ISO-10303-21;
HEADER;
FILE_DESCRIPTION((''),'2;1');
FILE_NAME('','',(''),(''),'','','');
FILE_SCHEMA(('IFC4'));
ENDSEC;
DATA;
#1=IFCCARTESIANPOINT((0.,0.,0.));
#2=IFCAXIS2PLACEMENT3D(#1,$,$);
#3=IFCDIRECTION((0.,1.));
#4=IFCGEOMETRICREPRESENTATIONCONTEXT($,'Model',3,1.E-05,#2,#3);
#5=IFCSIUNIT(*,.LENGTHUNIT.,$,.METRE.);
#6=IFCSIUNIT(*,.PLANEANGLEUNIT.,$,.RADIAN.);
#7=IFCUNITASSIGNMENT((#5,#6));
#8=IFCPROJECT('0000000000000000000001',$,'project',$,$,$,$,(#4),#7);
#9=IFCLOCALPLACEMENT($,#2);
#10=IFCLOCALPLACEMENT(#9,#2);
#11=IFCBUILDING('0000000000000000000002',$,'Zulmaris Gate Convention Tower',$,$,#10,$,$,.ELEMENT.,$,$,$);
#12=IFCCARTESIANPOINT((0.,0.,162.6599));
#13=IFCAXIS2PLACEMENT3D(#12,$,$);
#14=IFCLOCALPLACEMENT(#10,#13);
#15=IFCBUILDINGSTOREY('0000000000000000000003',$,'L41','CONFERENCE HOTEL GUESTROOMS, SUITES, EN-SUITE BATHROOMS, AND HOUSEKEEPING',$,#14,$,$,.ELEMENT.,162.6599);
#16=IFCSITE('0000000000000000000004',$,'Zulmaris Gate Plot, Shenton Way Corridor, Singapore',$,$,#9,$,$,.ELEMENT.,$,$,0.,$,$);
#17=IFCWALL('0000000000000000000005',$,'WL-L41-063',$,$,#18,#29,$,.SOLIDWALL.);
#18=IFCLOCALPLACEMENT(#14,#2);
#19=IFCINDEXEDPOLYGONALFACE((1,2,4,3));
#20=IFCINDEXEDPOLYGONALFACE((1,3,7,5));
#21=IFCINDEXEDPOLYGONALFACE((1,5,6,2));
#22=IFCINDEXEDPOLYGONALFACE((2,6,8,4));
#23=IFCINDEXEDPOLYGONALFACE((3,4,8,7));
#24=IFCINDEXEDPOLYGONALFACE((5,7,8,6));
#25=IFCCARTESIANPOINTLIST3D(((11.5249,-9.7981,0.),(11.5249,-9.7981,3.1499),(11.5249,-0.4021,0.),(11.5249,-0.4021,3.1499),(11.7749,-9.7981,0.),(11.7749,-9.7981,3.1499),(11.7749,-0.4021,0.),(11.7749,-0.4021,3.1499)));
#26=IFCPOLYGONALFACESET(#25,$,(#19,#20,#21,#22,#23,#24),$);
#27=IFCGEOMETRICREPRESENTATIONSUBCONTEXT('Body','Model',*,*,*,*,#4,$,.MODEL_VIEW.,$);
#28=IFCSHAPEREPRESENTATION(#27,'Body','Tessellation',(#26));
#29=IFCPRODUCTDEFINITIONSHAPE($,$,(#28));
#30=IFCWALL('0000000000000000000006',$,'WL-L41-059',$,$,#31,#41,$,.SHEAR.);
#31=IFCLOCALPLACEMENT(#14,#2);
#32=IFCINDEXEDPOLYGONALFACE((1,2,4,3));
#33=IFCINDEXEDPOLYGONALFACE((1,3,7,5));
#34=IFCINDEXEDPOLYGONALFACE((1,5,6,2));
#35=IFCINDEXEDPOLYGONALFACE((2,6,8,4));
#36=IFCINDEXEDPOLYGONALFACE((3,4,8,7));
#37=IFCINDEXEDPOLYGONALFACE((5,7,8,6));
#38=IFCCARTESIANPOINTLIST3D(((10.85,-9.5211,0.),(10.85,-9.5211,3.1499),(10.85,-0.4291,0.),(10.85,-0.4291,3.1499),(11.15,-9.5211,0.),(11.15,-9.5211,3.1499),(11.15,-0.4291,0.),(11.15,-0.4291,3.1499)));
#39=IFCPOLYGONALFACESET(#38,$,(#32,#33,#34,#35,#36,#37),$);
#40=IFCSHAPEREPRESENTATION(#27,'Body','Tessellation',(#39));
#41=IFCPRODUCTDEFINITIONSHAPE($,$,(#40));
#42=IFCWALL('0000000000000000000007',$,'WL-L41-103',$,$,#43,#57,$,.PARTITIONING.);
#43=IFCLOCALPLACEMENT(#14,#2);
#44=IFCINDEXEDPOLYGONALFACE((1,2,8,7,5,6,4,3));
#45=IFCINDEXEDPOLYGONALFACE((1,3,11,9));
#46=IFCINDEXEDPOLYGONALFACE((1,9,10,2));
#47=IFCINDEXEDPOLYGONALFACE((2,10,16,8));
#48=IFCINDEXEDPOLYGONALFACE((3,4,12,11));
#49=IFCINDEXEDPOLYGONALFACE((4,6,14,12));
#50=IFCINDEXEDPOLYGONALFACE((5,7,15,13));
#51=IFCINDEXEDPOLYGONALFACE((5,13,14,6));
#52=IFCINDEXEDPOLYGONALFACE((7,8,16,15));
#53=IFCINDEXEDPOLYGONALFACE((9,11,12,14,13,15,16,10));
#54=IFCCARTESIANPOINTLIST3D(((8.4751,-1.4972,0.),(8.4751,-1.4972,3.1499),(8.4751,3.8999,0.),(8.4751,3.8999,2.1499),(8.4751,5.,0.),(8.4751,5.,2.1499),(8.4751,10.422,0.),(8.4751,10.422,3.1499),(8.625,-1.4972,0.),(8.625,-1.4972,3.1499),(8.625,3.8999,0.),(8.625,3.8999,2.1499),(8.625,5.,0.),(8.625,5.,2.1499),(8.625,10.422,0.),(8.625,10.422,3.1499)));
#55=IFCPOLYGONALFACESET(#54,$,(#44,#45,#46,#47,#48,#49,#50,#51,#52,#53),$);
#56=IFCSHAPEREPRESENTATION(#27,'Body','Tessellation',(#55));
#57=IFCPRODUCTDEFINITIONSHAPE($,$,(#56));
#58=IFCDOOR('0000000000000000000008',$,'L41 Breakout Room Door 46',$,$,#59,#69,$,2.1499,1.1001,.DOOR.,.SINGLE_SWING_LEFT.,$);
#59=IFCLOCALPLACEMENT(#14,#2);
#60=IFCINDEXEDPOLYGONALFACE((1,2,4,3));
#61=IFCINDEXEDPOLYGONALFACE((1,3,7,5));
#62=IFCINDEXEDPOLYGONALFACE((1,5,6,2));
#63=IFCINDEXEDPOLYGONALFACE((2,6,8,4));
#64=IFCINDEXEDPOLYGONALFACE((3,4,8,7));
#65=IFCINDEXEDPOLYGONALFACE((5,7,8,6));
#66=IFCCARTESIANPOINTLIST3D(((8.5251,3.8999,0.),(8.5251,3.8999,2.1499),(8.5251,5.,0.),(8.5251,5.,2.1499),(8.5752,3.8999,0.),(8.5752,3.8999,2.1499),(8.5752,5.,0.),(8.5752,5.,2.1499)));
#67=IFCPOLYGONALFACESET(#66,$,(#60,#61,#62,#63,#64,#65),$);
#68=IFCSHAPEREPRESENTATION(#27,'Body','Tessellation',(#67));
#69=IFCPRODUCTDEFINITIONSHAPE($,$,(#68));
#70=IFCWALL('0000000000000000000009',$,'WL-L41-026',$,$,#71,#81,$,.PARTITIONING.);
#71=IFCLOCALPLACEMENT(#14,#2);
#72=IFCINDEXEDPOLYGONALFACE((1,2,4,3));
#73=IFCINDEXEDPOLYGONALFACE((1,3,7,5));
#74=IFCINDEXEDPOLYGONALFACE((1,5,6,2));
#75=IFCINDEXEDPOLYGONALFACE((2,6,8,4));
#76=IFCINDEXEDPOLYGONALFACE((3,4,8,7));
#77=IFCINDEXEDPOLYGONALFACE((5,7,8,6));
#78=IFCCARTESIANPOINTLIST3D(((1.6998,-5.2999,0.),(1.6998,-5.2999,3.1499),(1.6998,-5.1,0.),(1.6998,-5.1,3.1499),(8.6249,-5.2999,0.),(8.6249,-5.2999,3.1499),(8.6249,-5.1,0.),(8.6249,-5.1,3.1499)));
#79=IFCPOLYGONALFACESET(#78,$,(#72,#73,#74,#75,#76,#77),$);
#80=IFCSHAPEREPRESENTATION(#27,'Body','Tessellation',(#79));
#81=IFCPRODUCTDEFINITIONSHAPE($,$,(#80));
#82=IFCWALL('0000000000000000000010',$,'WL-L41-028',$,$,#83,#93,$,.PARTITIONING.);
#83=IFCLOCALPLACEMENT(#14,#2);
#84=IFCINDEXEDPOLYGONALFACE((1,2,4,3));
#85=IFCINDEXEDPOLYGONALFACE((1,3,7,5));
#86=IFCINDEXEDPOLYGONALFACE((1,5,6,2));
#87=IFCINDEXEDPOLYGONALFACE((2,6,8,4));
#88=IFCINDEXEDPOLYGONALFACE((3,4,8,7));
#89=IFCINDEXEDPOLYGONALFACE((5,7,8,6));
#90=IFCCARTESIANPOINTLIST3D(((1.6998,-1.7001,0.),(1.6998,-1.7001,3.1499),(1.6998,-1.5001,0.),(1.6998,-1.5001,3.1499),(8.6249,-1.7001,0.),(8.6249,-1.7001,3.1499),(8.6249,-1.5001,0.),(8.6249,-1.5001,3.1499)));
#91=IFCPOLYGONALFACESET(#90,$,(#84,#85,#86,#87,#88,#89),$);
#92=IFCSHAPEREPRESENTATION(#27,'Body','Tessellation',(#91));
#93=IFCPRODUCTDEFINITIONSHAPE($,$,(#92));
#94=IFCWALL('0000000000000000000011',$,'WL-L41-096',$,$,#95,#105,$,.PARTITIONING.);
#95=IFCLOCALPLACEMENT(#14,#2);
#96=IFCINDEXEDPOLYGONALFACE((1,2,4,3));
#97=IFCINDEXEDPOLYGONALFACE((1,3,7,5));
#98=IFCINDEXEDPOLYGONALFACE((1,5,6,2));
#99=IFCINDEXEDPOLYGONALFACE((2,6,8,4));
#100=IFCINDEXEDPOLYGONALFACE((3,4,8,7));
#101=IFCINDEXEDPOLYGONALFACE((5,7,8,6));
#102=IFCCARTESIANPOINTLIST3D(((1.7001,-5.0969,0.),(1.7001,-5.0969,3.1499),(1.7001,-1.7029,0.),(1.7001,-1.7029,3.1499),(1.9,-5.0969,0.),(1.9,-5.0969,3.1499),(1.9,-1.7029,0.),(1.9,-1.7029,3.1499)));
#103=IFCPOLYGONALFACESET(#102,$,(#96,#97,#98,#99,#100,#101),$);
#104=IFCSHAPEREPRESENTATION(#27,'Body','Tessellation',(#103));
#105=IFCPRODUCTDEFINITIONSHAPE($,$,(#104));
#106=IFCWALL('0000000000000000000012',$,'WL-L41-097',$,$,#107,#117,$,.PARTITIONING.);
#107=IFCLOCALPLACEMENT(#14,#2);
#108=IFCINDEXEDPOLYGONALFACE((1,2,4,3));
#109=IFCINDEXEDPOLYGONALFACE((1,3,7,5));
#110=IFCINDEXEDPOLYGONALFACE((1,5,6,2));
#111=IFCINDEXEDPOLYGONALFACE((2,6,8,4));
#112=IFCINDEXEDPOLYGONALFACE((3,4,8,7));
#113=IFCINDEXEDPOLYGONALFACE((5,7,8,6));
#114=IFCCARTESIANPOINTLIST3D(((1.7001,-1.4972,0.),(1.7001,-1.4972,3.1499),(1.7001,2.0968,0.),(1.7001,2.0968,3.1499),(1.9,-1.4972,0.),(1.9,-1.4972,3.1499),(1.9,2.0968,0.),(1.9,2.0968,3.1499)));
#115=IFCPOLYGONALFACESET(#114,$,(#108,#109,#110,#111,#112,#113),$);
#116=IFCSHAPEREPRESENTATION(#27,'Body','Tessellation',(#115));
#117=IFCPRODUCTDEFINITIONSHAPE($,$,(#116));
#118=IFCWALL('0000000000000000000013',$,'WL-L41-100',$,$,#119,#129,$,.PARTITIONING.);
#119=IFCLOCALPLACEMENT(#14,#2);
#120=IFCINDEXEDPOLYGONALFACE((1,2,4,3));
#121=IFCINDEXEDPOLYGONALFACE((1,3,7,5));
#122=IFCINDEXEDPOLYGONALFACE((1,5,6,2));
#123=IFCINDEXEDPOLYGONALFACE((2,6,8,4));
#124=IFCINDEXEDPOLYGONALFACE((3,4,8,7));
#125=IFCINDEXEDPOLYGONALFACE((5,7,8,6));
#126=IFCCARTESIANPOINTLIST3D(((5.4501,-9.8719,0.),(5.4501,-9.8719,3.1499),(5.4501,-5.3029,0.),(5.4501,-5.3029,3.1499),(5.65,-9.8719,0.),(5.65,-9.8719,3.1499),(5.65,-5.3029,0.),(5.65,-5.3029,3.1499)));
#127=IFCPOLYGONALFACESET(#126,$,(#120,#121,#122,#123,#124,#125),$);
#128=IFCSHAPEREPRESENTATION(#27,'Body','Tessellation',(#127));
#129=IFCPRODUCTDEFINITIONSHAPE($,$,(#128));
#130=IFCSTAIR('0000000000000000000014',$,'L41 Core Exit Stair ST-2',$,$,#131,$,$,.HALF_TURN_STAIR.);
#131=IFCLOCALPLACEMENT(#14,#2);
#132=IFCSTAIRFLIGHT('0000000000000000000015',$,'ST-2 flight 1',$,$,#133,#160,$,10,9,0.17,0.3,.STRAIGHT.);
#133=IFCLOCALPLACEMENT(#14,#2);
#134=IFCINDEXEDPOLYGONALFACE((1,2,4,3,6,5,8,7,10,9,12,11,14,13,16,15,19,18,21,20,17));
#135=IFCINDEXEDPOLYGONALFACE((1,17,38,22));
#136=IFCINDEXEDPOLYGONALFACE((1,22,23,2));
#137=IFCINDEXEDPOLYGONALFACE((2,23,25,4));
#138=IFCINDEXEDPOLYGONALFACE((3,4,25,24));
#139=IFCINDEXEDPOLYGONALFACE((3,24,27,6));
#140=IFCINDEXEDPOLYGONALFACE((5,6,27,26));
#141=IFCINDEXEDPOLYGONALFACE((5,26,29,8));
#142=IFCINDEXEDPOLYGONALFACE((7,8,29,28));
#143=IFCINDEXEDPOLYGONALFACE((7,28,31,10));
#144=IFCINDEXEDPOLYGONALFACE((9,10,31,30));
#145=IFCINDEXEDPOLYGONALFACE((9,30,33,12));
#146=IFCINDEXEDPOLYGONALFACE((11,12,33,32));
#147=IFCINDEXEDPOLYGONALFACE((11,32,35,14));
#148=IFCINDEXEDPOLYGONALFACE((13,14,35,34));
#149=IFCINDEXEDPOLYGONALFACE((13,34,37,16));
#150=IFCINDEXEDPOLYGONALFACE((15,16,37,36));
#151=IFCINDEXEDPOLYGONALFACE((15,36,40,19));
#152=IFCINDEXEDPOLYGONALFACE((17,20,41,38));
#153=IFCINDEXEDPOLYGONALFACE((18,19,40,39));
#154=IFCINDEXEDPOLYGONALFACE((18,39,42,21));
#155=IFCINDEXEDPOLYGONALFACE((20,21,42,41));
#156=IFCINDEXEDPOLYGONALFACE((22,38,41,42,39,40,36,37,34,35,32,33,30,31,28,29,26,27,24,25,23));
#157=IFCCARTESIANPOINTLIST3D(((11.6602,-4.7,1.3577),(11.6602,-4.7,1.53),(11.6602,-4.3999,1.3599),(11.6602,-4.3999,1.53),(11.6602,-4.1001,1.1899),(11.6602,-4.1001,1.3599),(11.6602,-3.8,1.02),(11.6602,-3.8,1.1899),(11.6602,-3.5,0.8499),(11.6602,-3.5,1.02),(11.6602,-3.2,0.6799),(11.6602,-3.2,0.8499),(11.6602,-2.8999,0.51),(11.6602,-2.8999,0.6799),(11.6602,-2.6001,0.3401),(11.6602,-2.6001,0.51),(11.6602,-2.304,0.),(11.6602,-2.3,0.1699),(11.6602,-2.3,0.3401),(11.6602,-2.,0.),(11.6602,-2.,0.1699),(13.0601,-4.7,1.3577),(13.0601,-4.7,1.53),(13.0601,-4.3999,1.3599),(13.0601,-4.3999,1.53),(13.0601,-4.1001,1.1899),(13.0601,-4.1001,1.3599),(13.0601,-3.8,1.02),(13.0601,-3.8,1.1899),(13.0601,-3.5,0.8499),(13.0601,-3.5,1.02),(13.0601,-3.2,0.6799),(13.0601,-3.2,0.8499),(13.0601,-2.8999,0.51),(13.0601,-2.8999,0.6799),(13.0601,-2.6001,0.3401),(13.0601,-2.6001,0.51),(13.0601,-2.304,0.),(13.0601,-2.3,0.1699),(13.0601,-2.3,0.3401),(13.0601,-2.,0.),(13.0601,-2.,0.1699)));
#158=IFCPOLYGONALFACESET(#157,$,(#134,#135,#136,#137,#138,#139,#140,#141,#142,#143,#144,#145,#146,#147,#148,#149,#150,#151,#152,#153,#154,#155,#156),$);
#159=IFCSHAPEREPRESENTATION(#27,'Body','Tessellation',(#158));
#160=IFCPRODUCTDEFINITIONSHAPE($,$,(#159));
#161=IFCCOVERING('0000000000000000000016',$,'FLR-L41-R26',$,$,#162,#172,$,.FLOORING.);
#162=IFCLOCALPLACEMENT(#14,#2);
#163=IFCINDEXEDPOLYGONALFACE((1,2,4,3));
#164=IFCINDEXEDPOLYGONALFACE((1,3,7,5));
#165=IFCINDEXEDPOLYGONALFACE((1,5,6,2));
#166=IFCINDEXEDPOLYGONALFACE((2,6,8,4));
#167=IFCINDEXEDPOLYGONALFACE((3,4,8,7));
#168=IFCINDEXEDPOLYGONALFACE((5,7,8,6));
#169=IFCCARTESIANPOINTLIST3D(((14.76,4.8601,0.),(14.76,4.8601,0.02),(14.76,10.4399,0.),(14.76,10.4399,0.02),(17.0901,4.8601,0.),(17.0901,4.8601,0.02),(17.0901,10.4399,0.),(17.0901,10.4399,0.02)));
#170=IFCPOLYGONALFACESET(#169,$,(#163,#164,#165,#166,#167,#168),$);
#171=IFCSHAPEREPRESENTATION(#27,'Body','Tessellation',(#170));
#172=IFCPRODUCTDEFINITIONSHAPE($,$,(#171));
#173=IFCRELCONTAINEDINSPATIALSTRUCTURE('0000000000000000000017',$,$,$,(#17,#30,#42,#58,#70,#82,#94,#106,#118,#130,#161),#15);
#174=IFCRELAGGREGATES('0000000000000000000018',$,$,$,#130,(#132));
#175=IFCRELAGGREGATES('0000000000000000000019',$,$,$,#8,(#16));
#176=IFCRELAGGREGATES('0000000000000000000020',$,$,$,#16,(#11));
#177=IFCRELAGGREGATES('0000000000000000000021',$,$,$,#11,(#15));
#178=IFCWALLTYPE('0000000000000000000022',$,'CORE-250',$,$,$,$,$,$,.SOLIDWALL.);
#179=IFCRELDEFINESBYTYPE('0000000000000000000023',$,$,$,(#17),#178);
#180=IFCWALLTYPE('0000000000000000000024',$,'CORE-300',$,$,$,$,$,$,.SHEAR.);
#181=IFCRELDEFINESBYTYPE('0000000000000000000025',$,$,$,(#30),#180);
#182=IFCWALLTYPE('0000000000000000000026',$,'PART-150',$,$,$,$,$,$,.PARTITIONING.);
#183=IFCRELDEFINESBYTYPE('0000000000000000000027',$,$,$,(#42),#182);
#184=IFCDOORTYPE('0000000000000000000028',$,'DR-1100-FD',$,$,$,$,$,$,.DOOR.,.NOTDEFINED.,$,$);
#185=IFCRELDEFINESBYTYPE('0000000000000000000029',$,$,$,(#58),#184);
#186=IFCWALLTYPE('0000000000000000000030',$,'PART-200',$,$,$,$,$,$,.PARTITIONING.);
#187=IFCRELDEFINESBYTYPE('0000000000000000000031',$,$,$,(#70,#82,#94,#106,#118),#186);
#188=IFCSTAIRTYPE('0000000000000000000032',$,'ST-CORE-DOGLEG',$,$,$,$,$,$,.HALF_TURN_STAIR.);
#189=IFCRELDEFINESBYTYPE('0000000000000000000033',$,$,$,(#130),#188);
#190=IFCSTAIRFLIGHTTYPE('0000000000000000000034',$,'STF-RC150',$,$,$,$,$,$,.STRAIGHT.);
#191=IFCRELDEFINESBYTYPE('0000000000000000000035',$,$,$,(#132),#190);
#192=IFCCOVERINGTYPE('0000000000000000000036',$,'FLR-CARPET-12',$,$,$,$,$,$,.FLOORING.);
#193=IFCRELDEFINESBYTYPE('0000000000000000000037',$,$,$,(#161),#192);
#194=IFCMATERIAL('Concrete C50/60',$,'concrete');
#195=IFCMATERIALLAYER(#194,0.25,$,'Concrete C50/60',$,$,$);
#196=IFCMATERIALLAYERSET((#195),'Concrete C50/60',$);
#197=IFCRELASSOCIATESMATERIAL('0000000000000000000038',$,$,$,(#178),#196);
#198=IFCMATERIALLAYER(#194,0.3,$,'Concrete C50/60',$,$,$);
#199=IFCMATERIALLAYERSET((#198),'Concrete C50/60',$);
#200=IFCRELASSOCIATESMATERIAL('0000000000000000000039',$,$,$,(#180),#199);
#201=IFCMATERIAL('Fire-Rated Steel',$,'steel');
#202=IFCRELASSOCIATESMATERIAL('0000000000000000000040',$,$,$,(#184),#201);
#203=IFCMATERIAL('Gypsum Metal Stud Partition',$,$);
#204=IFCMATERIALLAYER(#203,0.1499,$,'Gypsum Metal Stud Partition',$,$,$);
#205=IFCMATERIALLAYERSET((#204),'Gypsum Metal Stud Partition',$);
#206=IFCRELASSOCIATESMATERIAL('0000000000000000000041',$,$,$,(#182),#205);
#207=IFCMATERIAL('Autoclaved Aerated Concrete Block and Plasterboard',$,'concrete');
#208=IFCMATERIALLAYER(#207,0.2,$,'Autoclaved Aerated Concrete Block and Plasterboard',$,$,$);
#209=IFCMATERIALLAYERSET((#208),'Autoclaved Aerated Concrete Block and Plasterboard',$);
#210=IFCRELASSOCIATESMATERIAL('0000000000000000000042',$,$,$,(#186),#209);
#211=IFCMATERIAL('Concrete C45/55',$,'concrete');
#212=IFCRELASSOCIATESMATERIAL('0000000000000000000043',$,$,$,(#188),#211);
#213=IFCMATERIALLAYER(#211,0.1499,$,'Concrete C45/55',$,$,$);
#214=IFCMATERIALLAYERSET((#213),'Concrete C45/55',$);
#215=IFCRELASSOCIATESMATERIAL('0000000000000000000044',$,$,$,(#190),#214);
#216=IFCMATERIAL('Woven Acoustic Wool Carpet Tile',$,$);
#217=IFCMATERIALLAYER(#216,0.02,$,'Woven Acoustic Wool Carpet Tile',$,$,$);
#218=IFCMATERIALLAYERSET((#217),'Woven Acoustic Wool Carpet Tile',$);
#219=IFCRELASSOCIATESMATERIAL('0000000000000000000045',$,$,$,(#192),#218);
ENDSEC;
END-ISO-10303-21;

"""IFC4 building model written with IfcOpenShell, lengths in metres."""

from ifc_helpers import new_model, si_unit, direction, frame, frame_2d, origin, place, context, subcontext, project, spatial, polyline, rectangle, outline, extrude, material, layer, layer_set, type_object, element, fill, aggregate, save


model = new_model("IFC4")

# Units and contexts
model_context = context("Model", 3, precision=1e-05, world=origin(), true_north=direction((0.0, 1.0)))
body_context = subcontext(model_context, "Body", "Model", "MODEL_VIEW")
ifc_project = project(units=[si_unit("LENGTHUNIT", "METRE"), si_unit("PLANEANGLEUNIT", "RADIAN")], contexts=[model_context])

# Site, building, storey
site_placement = place(None, origin())
site = spatial("IfcSite", under=ifc_project, at=site_placement, Name="Zulmaris Gate Plot, Shenton Way Corridor, Singapore", CompositionType="ELEMENT", RefElevation=0.0)
building_placement = place(site_placement, origin())
building = spatial("IfcBuilding", under=site, at=building_placement, Name="Zulmaris Gate Convention Tower", CompositionType="ELEMENT")
storey_placement = place(building_placement, frame((0.0, 0.0, 162.6599)))
storey = spatial("IfcBuildingStorey", under=building, at=storey_placement, Name="L41", Description="CONFERENCE HOTEL GUESTROOMS, SUITES, EN-SUITE BATHROOMS, AND HOUSEKEEPING", CompositionType="ELEMENT", Elevation=162.6599)

# Wall
ifc_material_1 = material(Name="Concrete C50/60", Category="concrete")
ifc_layer_1 = layer(ifc_material_1, 0.25, Name="Concrete C50/60")
ifc_layer_set_1 = layer_set([ifc_layer_1], Name="Concrete C50/60")
wall_type_1 = type_object("IfcWallType", Name="CORE-250", PredefinedType="SOLIDWALL", material=ifc_layer_set_1)
wall_1_placement = place(storey_placement, frame((11.6499, -9.7981, 0.0), z_axis=(0.0, 0.0, 1.0), x_axis=(0.0, 1.0, 0.0)))
element("IfcWall", 1, at=wall_1_placement, inside=storey, type_object=wall_type_1, Name="WL-L41-063", PredefinedType="SOLIDWALL", context=body_context, shape_type="SweptSolid", body=[
    extrude(rectangle(XDim=9.396, YDim=0.25, at=frame_2d((4.698, 0.0))), origin(), (0.0, 0.0, 1.0), 3.1499),
])

# Shared definitions
ifc_layer_2 = layer(ifc_material_1, 0.3, Name="Concrete C50/60")
ifc_layer_set_2 = layer_set([ifc_layer_2], Name="Concrete C50/60")
wall_type_2 = type_object("IfcWallType", Name="CORE-300", PredefinedType="SHEAR", material=ifc_layer_set_2)
ifc_material_2 = material(Name="Fire-Rated Steel", Category="steel")
door_type_1 = type_object("IfcDoorType", Name="DR-1100-FD", OperationType="NOTDEFINED", PredefinedType="DOOR", material=ifc_material_2)

# Wall
wall_2_placement = place(storey_placement, frame((11.0, -9.521, 0.0), z_axis=(0.0, 0.0, 1.0), x_axis=(0.0, 1.0, 0.0)))
element("IfcWall", 2, at=wall_2_placement, inside=storey, type_object=wall_type_2, Name="WL-L41-059", PredefinedType="SHEAR", context=body_context, shape_type="SweptSolid", body=[
    extrude(rectangle(XDim=9.092, YDim=0.3, at=frame_2d((4.5459, 0.0))), origin(), (0.0, 0.0, 1.0), 3.1499),
])

# Wall, opening, door
ifc_material_3 = material(Name="Gypsum Metal Stud Partition")
ifc_layer_3 = layer(ifc_material_3, 0.1499, Name="Gypsum Metal Stud Partition")
ifc_layer_set_3 = layer_set([ifc_layer_3], Name="Gypsum Metal Stud Partition")
wall_type_3 = type_object("IfcWallType", Name="PART-150", PredefinedType="PARTITIONING", material=ifc_layer_set_3)
wall_3_placement = place(storey_placement, frame((8.55, -1.4971, 0.0), z_axis=(0.0, 0.0, 1.0), x_axis=(0.0, 1.0, 0.0)))
wall_3 = element("IfcWall", 3, at=wall_3_placement, inside=storey, type_object=wall_type_3, Name="WL-L41-103", PredefinedType="PARTITIONING", context=body_context, shape_type="SweptSolid", body=[
    extrude(rectangle(XDim=11.9192, YDim=0.1499, at=frame_2d((5.9595, 0.0))), origin(), (0.0, 0.0, 1.0), 3.1499),
])
opening_1_placement = place(wall_3_placement, frame((5.397, 0.0, 0.0)))
opening_1 = element("IfcOpeningElement", 4, at=opening_1_placement, cuts=wall_3, PredefinedType="OPENING", context=body_context, shape_type="SweptSolid", body=[
    extrude(rectangle(XDim=1.1001, YDim=2.1499, at=frame_2d((0.55, 1.075))), frame((0.0, 0.085, 0.0), z_axis=(0.0, -1.0, 0.0), x_axis=(1.0, 0.0, 0.0)), (0.0, 0.0, 1.0), 0.1699),
])
door_1_placement = place(opening_1_placement, origin())
door_1 = element("IfcDoor", 5, at=door_1_placement, inside=storey, type_object=door_type_1, Name="L41 Breakout Room Door 46", OperationType="SINGLE_SWING_LEFT", OverallHeight=2.1499, OverallWidth=1.1001, PredefinedType="DOOR", context=body_context, shape_type="SweptSolid", body=[
    extrude(rectangle(XDim=1.1001, YDim=2.1499, at=frame_2d((0.55, 1.075))), frame((0.0, 0.0249, 0.0), z_axis=(0.0, -1.0, 0.0), x_axis=(1.0, 0.0, 0.0)), (0.0, 0.0, 1.0), 0.05),
])
fill(opening_1, door_1)

# Walls
ifc_material_4 = material(Name="Autoclaved Aerated Concrete Block and Plasterboard", Category="concrete")
ifc_layer_4 = layer(ifc_material_4, 0.2, Name="Autoclaved Aerated Concrete Block and Plasterboard")
ifc_layer_set_4 = layer_set([ifc_layer_4], Name="Autoclaved Aerated Concrete Block and Plasterboard")
wall_type_4 = type_object("IfcWallType", Name="PART-200", PredefinedType="PARTITIONING", material=ifc_layer_set_4)
for number, where, z_axis, x_axis, name in (
    (6, (1.7, -5.2, 0.0), (0.0, 0.0, 1.0), (1.0, 0.0, 0.0), "WL-L41-026"),
    (7, (1.7, -1.6001, 0.0), (0.0, 0.0, 1.0), (1.0, 0.0, 0.0), "WL-L41-028"),
):
    element("IfcWall", number, at=place(storey_placement, frame(where, z_axis=z_axis, x_axis=x_axis)), inside=storey, type_object=wall_type_4, Name=name, PredefinedType="PARTITIONING", context=body_context, shape_type="SweptSolid", body=[
        extrude(rectangle(XDim=6.925, YDim=0.2, at=frame_2d((3.4624, 0.0))), origin(), (0.0, 0.0, 1.0), 3.1499),
    ])
wall_4_placement = place(storey_placement, frame((1.8, -5.0969, 0.0), z_axis=(0.0, 0.0, 1.0), x_axis=(0.0, 1.0, 0.0)))
element("IfcWall", 8, at=wall_4_placement, inside=storey, type_object=wall_type_4, Name="WL-L41-096", PredefinedType="PARTITIONING", context=body_context, shape_type="SweptSolid", body=[
    extrude(rectangle(XDim=3.394, YDim=0.2, at=frame_2d((1.697, 0.0))), origin(), (0.0, 0.0, 1.0), 3.1499),
])
wall_5_placement = place(storey_placement, frame((1.8, -1.4971, 0.0), z_axis=(0.0, 0.0, 1.0), x_axis=(0.0, 1.0, 0.0)))
element("IfcWall", 9, at=wall_5_placement, inside=storey, type_object=wall_type_4, Name="WL-L41-097", PredefinedType="PARTITIONING", context=body_context, shape_type="SweptSolid", body=[
    extrude(rectangle(XDim=3.594, YDim=0.2, at=frame_2d((1.7969, 0.0))), origin(), (0.0, 0.0, 1.0), 3.1499),
])
wall_6_placement = place(storey_placement, frame((5.55, -9.8721, 0.0), z_axis=(0.0, 0.0, 1.0), x_axis=(0.0, 1.0, 0.0)))
element("IfcWall", 10, at=wall_6_placement, inside=storey, type_object=wall_type_4, Name="WL-L41-100", PredefinedType="PARTITIONING", context=body_context, shape_type="SweptSolid", body=[
    extrude(rectangle(XDim=4.5691, YDim=0.2, at=frame_2d((2.2847, 0.0))), origin(), (0.0, 0.0, 1.0), 3.1499),
])

# Stair, stair flight
ifc_material_5 = material(Name="Concrete C45/55", Category="concrete")
stair_type = type_object("IfcStairType", Name="ST-CORE-DOGLEG", PredefinedType="HALF_TURN_STAIR", material=ifc_material_5)
stair_placement = place(storey_placement, origin())
stair = element("IfcStair", 11, at=stair_placement, inside=storey, type_object=stair_type, Name="L41 Core Exit Stair ST-2", PredefinedType="HALF_TURN_STAIR")
ifc_layer_5 = layer(ifc_material_5, 0.1499, Name="Concrete C45/55")
ifc_layer_set_5 = layer_set([ifc_layer_5], Name="Concrete C45/55")
stair_flight_type = type_object("IfcStairFlightType", Name="STF-RC150", PredefinedType="STRAIGHT", material=ifc_layer_set_5)
stair_flight_placement = place(storey_placement, frame((12.3601, -2.0, 0.0), z_axis=(0.0, 0.0, 1.0), x_axis=(0.0, -1.0, 0.0)))
stair_flight = element("IfcStairFlight", 12, at=stair_flight_placement, type_object=stair_flight_type, Name="ST-2 flight 1", NumberOfRisers=10, NumberOfTreads=9, PredefinedType="STRAIGHT", RiserHeight=0.17, TreadLength=0.3, context=body_context, shape_type="SweptSolid", body=[
    extrude(outline(polyline([(0.0, 0.0), (0.0, 0.1699), (0.3, 0.1699), (0.3, 0.3401), (0.6001, 0.3401), (0.6001, 0.51), (0.8999, 0.51), (0.8999, 0.6799), (1.2, 0.6799), (1.2, 0.8499), (1.5, 0.8499), (1.5, 1.02), (1.8, 1.02), (1.8, 1.1899), (2.1001, 1.1899), (2.1001, 1.3599), (2.3999, 1.3599), (2.3999, 1.53), (2.7, 1.53), (2.7, 1.7), (2.7, 1.3577), (0.304, 0.0), (0.0, 0.0)])), frame((0.0, 0.7, 0.0), z_axis=(0.0, -1.0, 0.0), x_axis=(1.0, 0.0, 0.0)), (0.0, 0.0, 1.0), 1.3999),
])
aggregate(stair, [stair_flight])

# Covering
ifc_material_6 = material(Name="Woven Acoustic Wool Carpet Tile")
ifc_layer_6 = layer(ifc_material_6, 0.02, Name="Woven Acoustic Wool Carpet Tile")
ifc_layer_set_6 = layer_set([ifc_layer_6], Name="Woven Acoustic Wool Carpet Tile")
covering_type_1 = type_object("IfcCoveringType", Name="FLR-CARPET-12", PredefinedType="FLOORING", material=ifc_layer_set_6)
covering_1_placement = place(storey_placement, origin())
element("IfcCovering", 13, at=covering_1_placement, inside=storey, type_object=covering_type_1, Name="FLR-L41-R26", PredefinedType="FLOORING", context=body_context, shape_type="SweptSolid", body=[
    extrude(outline(polyline([(14.76, 4.8601), (17.0901, 4.8601), (17.0901, 10.4399), (14.76, 10.4399), (14.76, 4.8601)])), origin(), (0.0, 0.0, 1.0), 0.02),
])

save(model, "model.ifc")
